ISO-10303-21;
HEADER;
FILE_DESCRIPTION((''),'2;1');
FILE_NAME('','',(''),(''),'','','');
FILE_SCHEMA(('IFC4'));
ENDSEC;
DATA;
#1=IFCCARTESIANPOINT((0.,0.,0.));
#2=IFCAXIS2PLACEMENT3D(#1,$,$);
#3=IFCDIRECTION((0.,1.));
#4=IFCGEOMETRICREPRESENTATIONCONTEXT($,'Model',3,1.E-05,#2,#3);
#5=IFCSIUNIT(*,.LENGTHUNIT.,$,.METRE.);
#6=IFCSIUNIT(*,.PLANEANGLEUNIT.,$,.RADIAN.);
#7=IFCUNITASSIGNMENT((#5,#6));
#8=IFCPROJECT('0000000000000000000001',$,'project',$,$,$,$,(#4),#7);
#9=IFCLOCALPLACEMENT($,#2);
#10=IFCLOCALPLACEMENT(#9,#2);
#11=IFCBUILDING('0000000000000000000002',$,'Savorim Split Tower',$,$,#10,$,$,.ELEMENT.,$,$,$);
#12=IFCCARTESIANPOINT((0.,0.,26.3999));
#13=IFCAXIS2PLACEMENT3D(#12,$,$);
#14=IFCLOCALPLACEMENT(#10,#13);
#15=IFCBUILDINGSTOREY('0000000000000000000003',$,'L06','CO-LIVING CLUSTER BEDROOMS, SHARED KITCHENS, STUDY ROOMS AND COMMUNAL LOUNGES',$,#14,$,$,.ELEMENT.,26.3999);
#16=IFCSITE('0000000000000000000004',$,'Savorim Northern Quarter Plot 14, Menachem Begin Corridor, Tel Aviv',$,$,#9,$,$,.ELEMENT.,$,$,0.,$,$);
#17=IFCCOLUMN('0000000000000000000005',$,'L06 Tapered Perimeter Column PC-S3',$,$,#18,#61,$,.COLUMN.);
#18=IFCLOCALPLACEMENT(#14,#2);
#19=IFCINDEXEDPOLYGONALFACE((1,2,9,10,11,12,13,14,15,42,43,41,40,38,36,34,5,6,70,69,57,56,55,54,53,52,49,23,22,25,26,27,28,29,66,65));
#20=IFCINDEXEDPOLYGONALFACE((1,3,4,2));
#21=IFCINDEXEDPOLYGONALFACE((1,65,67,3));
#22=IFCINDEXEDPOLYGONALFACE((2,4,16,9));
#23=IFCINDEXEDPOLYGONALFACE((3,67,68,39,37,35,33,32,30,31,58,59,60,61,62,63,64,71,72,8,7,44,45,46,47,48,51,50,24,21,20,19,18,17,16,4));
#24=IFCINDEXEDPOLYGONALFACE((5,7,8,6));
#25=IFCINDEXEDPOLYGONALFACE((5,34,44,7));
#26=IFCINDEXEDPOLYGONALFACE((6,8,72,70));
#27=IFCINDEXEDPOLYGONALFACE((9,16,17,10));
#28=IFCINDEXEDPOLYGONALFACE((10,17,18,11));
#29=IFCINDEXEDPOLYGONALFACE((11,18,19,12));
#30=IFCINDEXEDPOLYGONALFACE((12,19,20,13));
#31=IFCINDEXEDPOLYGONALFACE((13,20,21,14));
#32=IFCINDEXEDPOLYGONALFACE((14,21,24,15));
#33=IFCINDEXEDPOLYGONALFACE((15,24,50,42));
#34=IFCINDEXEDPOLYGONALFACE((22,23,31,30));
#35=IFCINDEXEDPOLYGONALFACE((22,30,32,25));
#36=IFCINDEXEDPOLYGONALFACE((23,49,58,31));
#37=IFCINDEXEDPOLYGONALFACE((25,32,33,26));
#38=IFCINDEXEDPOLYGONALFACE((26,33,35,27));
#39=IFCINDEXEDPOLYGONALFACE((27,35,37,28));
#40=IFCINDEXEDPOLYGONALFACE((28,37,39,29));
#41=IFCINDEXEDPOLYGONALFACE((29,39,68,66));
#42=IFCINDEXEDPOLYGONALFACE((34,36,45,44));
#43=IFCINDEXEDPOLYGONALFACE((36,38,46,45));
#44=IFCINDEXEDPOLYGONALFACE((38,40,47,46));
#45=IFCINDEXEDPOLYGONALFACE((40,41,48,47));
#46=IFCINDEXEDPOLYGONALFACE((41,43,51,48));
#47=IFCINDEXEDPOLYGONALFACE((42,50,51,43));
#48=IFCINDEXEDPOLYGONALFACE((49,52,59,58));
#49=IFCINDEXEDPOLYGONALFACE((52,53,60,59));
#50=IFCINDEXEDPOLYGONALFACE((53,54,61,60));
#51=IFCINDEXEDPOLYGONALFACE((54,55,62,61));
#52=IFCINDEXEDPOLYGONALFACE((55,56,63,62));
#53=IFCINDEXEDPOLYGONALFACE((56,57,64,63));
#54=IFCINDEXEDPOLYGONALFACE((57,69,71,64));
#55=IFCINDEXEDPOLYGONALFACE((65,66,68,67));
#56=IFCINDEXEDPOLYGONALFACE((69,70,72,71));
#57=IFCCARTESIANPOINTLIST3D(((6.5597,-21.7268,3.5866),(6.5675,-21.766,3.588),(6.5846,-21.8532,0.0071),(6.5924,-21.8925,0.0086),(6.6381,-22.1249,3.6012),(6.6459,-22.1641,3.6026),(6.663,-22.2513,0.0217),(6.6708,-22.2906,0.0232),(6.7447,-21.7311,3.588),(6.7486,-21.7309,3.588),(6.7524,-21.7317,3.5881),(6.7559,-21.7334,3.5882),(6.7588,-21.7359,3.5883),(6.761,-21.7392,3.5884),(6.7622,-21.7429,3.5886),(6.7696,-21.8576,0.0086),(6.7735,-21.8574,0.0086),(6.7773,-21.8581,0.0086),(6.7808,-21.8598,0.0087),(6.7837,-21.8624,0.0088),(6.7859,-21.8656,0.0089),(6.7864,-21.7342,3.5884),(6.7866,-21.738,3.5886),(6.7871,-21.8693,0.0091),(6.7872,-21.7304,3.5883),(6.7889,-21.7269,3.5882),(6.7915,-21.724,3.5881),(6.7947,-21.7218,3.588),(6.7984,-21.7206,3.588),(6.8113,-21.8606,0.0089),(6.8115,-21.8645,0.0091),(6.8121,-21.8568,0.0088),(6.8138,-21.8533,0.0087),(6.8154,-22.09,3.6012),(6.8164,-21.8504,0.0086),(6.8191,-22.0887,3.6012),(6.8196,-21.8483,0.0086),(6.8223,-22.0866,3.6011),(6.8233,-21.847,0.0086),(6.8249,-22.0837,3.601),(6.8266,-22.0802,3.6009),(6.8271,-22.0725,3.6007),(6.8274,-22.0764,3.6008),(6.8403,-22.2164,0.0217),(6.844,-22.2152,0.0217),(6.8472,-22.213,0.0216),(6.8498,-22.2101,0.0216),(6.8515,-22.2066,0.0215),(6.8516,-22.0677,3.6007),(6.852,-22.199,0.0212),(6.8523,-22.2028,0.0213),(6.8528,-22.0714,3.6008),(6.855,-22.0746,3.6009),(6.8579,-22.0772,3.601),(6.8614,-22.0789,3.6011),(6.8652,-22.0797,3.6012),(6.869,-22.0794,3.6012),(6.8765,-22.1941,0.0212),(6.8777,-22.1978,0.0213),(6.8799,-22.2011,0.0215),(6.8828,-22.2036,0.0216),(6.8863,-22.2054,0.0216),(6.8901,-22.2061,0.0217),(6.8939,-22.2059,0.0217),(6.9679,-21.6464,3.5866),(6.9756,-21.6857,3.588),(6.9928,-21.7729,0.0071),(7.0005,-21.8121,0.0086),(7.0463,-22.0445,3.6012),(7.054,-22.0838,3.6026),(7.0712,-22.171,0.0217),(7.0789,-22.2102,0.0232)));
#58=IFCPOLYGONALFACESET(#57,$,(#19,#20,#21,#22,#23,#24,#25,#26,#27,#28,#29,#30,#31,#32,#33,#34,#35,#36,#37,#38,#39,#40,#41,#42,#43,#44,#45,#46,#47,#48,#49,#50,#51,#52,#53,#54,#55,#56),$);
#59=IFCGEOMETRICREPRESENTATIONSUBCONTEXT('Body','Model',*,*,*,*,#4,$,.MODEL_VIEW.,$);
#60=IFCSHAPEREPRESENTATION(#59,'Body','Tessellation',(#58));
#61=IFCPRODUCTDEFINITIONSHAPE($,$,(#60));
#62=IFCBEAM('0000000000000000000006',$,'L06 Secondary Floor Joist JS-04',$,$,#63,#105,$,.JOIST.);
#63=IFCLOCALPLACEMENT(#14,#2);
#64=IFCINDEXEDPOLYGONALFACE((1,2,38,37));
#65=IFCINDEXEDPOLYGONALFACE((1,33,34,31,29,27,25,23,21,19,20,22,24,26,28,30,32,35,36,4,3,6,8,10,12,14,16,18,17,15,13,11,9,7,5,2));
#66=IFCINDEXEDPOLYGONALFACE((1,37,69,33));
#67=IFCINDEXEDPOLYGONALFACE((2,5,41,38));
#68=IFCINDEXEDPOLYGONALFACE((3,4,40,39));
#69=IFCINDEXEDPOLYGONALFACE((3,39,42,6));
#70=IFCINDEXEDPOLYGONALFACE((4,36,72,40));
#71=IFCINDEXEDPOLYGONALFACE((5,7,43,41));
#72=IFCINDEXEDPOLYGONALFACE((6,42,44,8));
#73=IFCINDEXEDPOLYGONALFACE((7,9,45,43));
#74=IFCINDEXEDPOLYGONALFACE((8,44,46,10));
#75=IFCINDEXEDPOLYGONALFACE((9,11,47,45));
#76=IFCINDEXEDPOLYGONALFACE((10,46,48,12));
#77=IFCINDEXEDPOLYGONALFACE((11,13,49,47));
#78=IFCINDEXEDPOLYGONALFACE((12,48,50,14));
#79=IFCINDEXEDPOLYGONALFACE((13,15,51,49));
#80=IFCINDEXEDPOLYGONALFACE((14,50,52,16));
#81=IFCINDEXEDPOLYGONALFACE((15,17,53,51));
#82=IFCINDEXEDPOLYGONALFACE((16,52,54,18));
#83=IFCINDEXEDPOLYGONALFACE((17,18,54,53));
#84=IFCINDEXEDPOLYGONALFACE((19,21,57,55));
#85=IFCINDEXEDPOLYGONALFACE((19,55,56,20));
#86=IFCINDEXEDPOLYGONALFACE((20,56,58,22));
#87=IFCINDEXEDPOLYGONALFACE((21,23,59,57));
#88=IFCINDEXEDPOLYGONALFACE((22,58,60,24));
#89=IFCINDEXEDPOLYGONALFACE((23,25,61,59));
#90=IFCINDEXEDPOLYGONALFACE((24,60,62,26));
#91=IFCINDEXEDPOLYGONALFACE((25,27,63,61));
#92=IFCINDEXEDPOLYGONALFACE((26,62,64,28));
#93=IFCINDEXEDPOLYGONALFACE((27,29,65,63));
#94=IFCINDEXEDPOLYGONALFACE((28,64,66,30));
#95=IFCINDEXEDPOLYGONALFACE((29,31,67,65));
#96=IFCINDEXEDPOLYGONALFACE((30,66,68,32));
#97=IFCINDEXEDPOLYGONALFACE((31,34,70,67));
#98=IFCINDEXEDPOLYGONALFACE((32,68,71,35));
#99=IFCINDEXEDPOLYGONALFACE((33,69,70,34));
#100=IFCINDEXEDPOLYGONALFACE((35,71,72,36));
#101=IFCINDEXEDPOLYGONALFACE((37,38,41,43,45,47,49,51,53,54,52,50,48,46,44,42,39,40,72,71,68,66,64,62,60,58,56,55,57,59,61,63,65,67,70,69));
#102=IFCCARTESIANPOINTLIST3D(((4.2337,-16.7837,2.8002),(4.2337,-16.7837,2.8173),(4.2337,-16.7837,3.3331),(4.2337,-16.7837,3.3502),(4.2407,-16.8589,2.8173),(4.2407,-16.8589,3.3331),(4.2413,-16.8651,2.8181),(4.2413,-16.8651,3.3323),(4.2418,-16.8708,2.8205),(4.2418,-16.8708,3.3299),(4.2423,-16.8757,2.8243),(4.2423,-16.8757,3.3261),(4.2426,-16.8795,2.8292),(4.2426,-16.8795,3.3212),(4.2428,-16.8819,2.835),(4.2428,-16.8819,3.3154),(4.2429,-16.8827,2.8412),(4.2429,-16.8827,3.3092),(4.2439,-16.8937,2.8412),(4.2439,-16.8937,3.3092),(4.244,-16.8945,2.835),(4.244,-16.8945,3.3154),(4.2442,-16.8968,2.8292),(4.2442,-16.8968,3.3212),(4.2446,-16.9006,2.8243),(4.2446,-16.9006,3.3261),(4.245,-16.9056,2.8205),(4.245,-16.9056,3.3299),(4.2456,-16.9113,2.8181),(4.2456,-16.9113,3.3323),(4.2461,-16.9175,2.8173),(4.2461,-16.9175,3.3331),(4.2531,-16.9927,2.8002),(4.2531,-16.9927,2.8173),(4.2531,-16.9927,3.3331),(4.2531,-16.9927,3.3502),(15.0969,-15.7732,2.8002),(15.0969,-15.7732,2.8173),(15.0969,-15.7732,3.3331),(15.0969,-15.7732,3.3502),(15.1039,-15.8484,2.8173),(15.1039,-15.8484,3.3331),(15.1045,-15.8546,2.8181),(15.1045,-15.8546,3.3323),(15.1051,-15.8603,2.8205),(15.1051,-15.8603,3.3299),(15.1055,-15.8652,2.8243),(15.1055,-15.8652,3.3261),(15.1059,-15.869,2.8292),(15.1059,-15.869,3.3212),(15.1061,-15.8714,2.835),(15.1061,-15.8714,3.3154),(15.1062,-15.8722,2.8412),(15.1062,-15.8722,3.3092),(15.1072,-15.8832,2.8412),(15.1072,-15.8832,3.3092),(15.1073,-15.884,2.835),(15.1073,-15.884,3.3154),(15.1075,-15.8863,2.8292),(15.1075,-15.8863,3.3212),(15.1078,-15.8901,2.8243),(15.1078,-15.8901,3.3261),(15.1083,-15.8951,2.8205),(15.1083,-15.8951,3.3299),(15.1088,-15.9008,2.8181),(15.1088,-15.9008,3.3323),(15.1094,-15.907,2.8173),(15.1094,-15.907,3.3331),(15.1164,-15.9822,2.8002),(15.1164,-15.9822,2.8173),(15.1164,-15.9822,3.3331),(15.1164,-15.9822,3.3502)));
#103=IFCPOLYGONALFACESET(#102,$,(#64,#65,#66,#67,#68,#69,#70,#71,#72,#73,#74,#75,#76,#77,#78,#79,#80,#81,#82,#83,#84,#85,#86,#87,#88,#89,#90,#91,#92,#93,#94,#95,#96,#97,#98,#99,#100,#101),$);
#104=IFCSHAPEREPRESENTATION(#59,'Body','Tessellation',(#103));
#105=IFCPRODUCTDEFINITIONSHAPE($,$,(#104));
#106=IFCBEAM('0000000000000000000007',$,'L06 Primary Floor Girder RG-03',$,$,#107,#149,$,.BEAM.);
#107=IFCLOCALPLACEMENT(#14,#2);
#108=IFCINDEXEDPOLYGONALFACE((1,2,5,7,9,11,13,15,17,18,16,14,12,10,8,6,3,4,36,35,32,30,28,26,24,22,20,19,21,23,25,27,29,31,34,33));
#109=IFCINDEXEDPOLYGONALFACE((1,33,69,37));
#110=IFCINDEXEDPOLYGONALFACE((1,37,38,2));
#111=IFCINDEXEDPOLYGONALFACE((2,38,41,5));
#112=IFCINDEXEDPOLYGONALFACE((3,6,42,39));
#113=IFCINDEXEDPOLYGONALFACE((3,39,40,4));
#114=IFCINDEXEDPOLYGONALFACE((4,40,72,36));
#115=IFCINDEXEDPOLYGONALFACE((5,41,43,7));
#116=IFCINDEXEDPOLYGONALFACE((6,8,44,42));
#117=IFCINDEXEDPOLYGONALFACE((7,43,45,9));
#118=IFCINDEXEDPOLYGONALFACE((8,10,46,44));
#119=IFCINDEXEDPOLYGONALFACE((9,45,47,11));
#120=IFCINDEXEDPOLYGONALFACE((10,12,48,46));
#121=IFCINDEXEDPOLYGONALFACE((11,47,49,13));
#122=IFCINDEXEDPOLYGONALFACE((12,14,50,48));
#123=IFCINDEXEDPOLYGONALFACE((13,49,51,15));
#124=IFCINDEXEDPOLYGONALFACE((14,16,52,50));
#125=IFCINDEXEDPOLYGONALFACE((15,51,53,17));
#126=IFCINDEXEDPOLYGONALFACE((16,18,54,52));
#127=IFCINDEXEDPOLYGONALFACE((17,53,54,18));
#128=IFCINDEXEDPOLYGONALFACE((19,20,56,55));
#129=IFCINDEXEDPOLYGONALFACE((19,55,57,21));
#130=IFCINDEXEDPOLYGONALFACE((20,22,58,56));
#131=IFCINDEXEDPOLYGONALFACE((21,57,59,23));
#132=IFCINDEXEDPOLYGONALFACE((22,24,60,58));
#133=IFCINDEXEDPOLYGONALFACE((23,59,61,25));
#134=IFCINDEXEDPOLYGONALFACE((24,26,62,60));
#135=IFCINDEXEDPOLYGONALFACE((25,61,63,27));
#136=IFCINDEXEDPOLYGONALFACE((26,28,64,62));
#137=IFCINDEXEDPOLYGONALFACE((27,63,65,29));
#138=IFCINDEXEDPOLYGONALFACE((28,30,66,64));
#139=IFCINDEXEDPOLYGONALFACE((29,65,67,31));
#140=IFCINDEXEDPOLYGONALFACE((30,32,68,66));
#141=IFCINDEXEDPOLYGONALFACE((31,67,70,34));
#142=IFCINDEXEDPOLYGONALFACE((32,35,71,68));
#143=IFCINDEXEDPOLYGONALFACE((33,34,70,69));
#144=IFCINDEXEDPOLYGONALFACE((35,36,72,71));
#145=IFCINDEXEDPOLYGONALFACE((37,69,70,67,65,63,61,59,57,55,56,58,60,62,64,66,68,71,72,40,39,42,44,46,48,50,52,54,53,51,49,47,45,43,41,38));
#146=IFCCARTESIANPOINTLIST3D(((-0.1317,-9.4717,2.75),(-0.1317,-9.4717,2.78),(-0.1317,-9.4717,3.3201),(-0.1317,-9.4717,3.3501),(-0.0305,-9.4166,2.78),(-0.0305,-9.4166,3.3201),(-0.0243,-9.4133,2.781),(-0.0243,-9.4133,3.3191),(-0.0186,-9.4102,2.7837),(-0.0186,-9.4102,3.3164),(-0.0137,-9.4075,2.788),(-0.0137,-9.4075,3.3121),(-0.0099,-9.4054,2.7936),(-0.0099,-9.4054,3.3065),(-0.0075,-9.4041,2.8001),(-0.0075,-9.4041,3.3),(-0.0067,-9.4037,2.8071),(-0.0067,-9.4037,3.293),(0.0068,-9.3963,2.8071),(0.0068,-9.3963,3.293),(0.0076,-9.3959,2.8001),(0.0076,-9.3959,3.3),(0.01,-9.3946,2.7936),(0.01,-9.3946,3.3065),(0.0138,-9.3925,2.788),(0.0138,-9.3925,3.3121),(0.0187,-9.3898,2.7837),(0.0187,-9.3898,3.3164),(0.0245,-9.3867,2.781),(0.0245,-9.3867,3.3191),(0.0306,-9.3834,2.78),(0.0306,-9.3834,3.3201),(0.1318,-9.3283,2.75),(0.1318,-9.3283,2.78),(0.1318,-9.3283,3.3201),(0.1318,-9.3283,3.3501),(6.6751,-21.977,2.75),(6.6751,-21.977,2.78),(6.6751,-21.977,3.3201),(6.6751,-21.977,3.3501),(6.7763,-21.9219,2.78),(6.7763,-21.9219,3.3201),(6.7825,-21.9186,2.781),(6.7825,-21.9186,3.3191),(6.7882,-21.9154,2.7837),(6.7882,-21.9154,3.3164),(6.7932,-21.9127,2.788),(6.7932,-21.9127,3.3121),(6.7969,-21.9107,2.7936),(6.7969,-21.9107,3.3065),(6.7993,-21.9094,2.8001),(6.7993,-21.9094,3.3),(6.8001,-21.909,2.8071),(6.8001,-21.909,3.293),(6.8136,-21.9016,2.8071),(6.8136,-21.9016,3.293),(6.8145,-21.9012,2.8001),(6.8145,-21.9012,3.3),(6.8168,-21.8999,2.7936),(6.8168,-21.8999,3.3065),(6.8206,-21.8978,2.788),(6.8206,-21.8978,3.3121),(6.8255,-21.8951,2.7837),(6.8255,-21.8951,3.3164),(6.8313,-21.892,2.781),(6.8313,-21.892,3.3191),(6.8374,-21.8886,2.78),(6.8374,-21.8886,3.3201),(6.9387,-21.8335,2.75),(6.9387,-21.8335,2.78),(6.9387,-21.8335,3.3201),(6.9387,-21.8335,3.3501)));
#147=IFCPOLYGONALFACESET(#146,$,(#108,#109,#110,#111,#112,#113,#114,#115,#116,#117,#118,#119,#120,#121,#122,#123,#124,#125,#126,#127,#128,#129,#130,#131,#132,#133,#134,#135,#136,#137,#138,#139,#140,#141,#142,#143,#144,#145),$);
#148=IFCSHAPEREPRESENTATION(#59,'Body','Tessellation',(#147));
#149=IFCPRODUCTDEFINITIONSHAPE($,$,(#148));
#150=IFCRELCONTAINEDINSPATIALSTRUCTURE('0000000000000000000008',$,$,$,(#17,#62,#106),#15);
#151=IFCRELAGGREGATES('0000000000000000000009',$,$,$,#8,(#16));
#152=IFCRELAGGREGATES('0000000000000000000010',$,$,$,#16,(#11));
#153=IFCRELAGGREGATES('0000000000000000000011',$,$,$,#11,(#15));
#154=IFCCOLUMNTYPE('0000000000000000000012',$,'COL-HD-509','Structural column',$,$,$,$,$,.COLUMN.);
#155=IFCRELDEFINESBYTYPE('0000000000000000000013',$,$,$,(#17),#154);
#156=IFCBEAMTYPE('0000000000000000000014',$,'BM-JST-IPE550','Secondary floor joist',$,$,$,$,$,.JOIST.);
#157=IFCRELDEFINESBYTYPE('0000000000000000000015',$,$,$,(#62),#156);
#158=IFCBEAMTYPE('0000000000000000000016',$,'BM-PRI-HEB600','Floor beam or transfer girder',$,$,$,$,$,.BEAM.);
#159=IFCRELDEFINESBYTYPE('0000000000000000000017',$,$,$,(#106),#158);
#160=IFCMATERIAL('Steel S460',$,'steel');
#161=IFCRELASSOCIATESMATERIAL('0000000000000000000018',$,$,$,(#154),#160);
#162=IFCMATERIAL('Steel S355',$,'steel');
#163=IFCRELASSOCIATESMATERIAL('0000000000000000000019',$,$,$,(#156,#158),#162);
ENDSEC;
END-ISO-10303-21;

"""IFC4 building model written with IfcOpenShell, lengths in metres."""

from ifc_helpers import new_model, si_unit, direction, frame, origin, origin_2d, place, context, subcontext, project, spatial, i_section, extrude, material, material_profile, profile_set, type_object, element, save


model = new_model("IFC4")

# Units and contexts
model_context = context("Model", 3, precision=1e-05, world=origin(), true_north=direction((0.0, 1.0)))
body_context = subcontext(model_context, "Body", "Model", "MODEL_VIEW")
ifc_project = project(units=[si_unit("LENGTHUNIT", "METRE"), si_unit("PLANEANGLEUNIT", "RADIAN")], contexts=[model_context])

# Site, building, storey
site_placement = place(None, origin())
site = spatial("IfcSite", under=ifc_project, at=site_placement, Name="Savorim Northern Quarter Plot 14, Menachem Begin Corridor, Tel Aviv", CompositionType="ELEMENT", RefElevation=0.0)
building_placement = place(site_placement, origin())
building = spatial("IfcBuilding", under=site, at=building_placement, Name="Savorim Split Tower", CompositionType="ELEMENT")
storey_placement = place(building_placement, frame((0.0, 0.0, 26.3999)))
storey = spatial("IfcBuildingStorey", under=building, at=storey_placement, Name="L06", Description="CO-LIVING CLUSTER BEDROOMS, SHARED KITCHENS, STUDY ROOMS AND COMMUNAL LOUNGES", CompositionType="ELEMENT", Elevation=26.3999)

# Column
ifc_material_1 = material(Name="Steel S460", Category="steel")
ifc_material_profile_1 = material_profile(ifc_material_1, i_section(OverallWidth=0.416, OverallDepth=0.446, WebThickness=0.0249, FlangeThickness=0.04, FilletRadius=0.0149, at=origin_2d()), Name="HD 400x509")
ifc_profile_set_1 = profile_set([ifc_material_profile_1], Name="Steel S460")
column_type = type_object("IfcColumnType", Name="COL-HD-509", Description="Structural column", PredefinedType="COLUMN", material=ifc_profile_set_1)
column_placement = place(storey_placement, frame((6.8318, -22.0317, 0.0151), z_axis=(-0.006953, 0.035309, 0.999352), x_axis=(-0.981159, -0.193201, 0.0)))
element("IfcColumn", 1, at=column_placement, inside=storey, type_object=column_type, Name="L06 Tapered Perimeter Column PC-S3", PredefinedType="COLUMN", context=body_context, shape_type="SweptSolid", body=[
    extrude(i_section(OverallWidth=0.416, OverallDepth=0.446, WebThickness=0.0249, FlangeThickness=0.04, FilletRadius=0.0149, at=origin_2d()), origin(), (0.0, 0.0, 1.0), 3.5818),
])

# Beams
ifc_material_2 = material(Name="Steel S355", Category="steel")
ifc_material_profile_2 = material_profile(ifc_material_2, i_section(OverallWidth=0.21, OverallDepth=0.55, WebThickness=0.011, FlangeThickness=0.0171, FilletRadius=0.0239, at=origin_2d()), Name="IPE 550")
ifc_profile_set_2 = profile_set([ifc_material_profile_2], Name="Steel S355")
beam_type_1 = type_object("IfcBeamType", Name="BM-JST-IPE550", Description="Secondary floor joist", PredefinedType="JOIST", material=ifc_profile_set_2)
beam_1_placement = place(storey_placement, frame((4.2434, -16.8882, 3.0752), z_axis=(0.995702, 0.09262, 0.0), x_axis=(-0.09262, 0.995702, 0.0)))
element("IfcBeam", 2, at=beam_1_placement, inside=storey, type_object=beam_type_1, Name="L06 Secondary Floor Joist JS-04", PredefinedType="JOIST", context=body_context, shape_type="SweptSolid", body=[
    extrude(i_section(OverallWidth=0.21, OverallDepth=0.55, WebThickness=0.011, FlangeThickness=0.0171, FilletRadius=0.0239, at=origin_2d()), origin(), (0.0, 0.0, 1.0), 10.9102),
])
ifc_material_profile_3 = material_profile(ifc_material_2, i_section(OverallWidth=0.3, OverallDepth=0.6001, WebThickness=0.0154, FlangeThickness=0.03, FilletRadius=0.0271, at=origin_2d()), Name="HEB 600")
ifc_profile_set_3 = profile_set([ifc_material_profile_3], Name="Steel S355")
beam_type_2 = type_object("IfcBeamType", Name="BM-PRI-HEB600", Description="Floor beam or transfer girder", PredefinedType="BEAM", material=ifc_profile_set_3)
beam_2_placement = place(storey_placement, frame((6.8069, -21.9053, 3.05), z_axis=(-0.478082, 0.878315, 0.0), x_axis=(-0.878315, -0.478082, 0.0)))
element("IfcBeam", 3, at=beam_2_placement, inside=storey, type_object=beam_type_2, Name="L06 Primary Floor Girder RG-03", PredefinedType="BEAM", context=body_context, shape_type="SweptSolid", body=[
    extrude(i_section(OverallWidth=0.3, OverallDepth=0.6001, WebThickness=0.0154, FlangeThickness=0.03, FilletRadius=0.0271, at=origin_2d()), origin(), (0.0, 0.0, 1.0), 14.2378),
])

save(model, "model.ifc")
